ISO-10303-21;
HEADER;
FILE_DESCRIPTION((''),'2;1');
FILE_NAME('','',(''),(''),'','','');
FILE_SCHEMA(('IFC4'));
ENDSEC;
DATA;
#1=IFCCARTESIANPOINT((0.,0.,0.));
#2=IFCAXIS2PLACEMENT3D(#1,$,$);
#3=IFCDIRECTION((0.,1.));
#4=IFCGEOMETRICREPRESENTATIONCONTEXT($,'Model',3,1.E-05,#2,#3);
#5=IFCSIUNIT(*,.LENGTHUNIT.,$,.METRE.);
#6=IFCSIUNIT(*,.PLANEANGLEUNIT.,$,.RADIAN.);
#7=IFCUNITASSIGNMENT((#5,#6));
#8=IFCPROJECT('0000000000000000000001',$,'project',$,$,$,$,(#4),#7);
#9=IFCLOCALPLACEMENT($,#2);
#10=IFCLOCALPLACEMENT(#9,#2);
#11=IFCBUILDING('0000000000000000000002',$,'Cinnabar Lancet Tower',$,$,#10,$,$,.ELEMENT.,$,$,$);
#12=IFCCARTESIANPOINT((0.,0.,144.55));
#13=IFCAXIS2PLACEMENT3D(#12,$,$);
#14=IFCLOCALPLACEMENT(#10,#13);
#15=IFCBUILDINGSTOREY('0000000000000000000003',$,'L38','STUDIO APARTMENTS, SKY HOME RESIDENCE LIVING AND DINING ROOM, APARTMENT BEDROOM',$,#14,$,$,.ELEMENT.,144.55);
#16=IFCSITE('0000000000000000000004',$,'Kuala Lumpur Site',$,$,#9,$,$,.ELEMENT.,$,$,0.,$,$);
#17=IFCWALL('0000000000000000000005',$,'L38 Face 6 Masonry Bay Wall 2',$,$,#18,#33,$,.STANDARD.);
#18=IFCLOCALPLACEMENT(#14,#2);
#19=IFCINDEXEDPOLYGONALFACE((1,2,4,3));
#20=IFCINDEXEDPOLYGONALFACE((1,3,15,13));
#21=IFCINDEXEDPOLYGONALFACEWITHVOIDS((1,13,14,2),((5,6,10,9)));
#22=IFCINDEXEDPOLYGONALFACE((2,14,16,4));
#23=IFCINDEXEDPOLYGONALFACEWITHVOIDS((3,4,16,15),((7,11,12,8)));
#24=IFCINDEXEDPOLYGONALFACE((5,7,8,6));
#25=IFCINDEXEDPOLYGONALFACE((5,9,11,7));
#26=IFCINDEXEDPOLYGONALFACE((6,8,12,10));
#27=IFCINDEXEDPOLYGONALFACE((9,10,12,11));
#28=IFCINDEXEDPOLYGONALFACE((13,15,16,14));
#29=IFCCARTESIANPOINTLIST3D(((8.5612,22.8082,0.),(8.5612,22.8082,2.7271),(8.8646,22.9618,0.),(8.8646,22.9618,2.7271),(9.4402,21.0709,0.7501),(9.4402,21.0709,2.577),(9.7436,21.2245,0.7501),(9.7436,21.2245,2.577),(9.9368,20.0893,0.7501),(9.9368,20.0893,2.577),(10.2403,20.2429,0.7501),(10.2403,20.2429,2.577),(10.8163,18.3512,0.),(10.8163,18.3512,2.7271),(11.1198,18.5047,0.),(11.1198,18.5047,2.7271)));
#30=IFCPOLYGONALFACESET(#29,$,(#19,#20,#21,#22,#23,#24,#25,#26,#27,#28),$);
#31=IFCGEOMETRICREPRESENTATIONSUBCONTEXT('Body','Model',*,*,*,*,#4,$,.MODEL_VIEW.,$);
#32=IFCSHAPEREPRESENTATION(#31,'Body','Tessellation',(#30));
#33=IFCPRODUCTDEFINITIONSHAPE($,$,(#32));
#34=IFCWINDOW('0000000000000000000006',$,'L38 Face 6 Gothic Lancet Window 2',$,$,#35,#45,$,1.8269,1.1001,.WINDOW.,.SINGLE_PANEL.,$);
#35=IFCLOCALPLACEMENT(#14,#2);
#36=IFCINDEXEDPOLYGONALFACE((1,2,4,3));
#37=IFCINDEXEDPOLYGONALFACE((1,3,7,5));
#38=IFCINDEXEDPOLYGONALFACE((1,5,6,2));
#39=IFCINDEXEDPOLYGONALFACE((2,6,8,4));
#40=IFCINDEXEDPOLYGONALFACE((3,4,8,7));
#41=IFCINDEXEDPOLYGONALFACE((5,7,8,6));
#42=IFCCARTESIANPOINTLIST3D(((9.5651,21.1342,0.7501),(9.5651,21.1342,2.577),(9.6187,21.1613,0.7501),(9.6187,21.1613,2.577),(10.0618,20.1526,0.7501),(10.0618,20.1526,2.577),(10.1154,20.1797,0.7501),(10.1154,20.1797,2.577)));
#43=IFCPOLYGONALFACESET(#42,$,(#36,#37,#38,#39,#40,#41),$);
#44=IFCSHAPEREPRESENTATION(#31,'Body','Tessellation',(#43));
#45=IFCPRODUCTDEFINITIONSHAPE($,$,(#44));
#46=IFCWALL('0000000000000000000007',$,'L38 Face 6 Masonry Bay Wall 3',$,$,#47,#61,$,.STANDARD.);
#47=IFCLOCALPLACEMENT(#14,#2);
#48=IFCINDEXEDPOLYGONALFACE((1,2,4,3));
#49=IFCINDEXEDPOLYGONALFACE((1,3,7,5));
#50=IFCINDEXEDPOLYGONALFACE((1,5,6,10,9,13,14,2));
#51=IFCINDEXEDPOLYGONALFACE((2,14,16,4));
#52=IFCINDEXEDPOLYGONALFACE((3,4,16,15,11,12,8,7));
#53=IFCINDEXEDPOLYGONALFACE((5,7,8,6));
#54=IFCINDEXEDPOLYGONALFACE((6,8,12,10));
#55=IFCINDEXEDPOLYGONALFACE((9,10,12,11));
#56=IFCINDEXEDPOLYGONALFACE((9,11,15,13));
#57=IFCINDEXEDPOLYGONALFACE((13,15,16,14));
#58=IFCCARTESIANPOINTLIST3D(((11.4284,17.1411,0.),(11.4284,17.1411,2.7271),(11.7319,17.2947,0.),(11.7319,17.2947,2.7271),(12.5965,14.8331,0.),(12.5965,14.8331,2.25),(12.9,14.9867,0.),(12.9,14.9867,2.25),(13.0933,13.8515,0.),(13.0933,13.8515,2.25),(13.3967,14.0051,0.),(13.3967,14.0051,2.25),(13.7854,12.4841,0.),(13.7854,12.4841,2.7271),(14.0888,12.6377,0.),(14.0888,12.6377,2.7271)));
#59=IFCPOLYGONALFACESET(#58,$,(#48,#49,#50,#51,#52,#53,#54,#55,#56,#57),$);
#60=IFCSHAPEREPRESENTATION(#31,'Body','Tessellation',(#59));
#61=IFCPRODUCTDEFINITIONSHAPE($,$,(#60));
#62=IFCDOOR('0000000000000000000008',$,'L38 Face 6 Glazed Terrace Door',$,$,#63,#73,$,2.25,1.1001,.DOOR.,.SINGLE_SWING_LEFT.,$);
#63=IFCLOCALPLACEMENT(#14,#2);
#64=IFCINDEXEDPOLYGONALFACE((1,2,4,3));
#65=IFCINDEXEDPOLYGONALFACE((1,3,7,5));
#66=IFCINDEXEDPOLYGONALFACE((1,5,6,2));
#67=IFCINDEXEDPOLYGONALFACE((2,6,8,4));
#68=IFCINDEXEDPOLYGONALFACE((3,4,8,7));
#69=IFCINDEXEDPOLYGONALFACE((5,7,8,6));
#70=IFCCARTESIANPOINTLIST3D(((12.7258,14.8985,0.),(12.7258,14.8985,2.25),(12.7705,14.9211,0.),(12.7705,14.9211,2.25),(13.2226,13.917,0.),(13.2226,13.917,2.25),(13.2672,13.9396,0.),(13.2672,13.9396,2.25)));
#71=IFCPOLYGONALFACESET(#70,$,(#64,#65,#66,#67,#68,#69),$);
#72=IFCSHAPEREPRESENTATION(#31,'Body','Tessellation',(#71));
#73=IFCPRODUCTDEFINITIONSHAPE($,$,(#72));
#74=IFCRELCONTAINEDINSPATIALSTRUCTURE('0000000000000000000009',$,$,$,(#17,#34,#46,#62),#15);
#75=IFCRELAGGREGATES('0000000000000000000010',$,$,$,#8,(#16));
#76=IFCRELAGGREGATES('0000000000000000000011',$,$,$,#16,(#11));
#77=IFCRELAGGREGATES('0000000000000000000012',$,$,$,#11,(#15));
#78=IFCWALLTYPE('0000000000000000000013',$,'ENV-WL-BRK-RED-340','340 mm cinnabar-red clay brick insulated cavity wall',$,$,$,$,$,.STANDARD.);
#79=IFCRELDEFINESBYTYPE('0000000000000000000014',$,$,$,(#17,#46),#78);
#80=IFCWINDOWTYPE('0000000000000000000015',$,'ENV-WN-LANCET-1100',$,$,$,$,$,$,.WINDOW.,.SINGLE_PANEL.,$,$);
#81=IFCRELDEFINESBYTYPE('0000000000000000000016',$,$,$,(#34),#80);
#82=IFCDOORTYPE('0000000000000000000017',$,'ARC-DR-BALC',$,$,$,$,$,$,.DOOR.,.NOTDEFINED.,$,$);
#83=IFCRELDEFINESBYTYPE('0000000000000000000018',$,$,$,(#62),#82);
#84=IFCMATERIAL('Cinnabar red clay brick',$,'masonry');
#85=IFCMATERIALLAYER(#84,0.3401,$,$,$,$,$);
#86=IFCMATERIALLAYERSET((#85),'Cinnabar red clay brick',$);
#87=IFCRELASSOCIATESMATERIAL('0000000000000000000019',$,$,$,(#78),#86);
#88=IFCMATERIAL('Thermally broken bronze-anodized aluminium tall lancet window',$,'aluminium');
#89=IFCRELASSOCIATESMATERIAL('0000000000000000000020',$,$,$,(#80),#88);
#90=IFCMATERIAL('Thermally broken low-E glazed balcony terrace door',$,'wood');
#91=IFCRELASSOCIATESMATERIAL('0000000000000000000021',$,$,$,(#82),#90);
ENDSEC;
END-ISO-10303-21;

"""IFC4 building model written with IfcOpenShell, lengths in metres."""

from ifc_helpers import new_model, si_unit, direction, frame, frame_2d, origin, place, context, subcontext, project, spatial, rectangle, extrude, material, layer, layer_set, type_object, element, fill, save


model = new_model("IFC4")

# Units and contexts
model_context = context("Model", 3, precision=1e-05, world=origin(), true_north=direction((0.0, 1.0)))
body_context = subcontext(model_context, "Body", "Model", "MODEL_VIEW")
ifc_project = project(units=[si_unit("LENGTHUNIT", "METRE"), si_unit("PLANEANGLEUNIT", "RADIAN")], contexts=[model_context])

# Site, building, storey
site_placement = place(None, origin())
site = spatial("IfcSite", under=ifc_project, at=site_placement, Name="Kuala Lumpur Site", CompositionType="ELEMENT", RefElevation=0.0)
building_placement = place(site_placement, origin())
building = spatial("IfcBuilding", under=site, at=building_placement, Name="Cinnabar Lancet Tower", CompositionType="ELEMENT")
storey_placement = place(building_placement, frame((0.0, 0.0, 144.55)))
storey = spatial("IfcBuildingStorey", under=building, at=storey_placement, Name="L38", Description="STUDIO APARTMENTS, SKY HOME RESIDENCE LIVING AND DINING ROOM, APARTMENT BEDROOM", CompositionType="ELEMENT", Elevation=144.55)

# Shared definitions
ifc_material_1 = material(Name="Cinnabar red clay brick", Category="masonry")
ifc_layer_1 = layer(ifc_material_1, 0.3401)
ifc_layer_set_1 = layer_set([ifc_layer_1], Name="Cinnabar red clay brick")
wall_type_1 = type_object("IfcWallType", Name="ENV-WL-BRK-RED-340", Description="340 mm cinnabar-red clay brick insulated cavity wall", PredefinedType="STANDARD", material=ifc_layer_set_1)

# Wall, opening, window
wall_1_placement = place(storey_placement, frame((8.7129, 22.885, 0.0), z_axis=(0.0, 0.0, 1.0), x_axis=(0.451471, -0.892286, 0.0)))
wall_1 = element("IfcWall", 1, at=wall_1_placement, inside=storey, type_object=wall_type_1, Name="L38 Face 6 Masonry Bay Wall 2", PredefinedType="STANDARD", context=body_context, shape_type="SweptSolid", body=[
    extrude(rectangle(XDim=4.9951, YDim=0.3401, at=frame_2d((2.4976, 0.0))), origin(), (0.0, 0.0, 1.0), 2.7271),
])
opening_1_placement = place(wall_1_placement, frame((1.947, 0.0, 0.75)))
opening_1 = element("IfcOpeningElement", 2, at=opening_1_placement, cuts=wall_1, PredefinedType="OPENING", context=body_context, shape_type="SweptSolid", body=[
    extrude(rectangle(XDim=1.1001, YDim=1.8269, at=frame_2d((0.55, 0.9136))), frame((0.0, 0.1799, 0.0), z_axis=(0.0, -1.0, 0.0), x_axis=(1.0, 0.0, 0.0)), (0.0, 0.0, 1.0), 0.3601),
])
ifc_material_2 = material(Name="Thermally broken bronze-anodized aluminium tall lancet window", Category="aluminium")
window_type = type_object("IfcWindowType", Name="ENV-WN-LANCET-1100", PartitioningType="SINGLE_PANEL", PredefinedType="WINDOW", material=ifc_material_2)
window_placement = place(opening_1_placement, origin())
window = element("IfcWindow", 3, at=window_placement, inside=storey, type_object=window_type, Name="L38 Face 6 Gothic Lancet Window 2", OverallHeight=1.8269, OverallWidth=1.1001, PartitioningType="SINGLE_PANEL", PredefinedType="WINDOW", context=body_context, shape_type="SweptSolid", body=[
    extrude(rectangle(XDim=1.1001, YDim=1.8269, at=frame_2d((0.55, 0.9136))), frame((0.0, 0.03, 0.0), z_axis=(0.0, -1.0, 0.0), x_axis=(1.0, 0.0, 0.0)), (0.0, 0.0, 1.0), 0.0601),
])
fill(opening_1, window)

# Wall, opening, door
wall_2_placement = place(storey_placement, frame((11.5801, 17.218, 0.0), z_axis=(0.0, 0.0, 1.0), x_axis=(0.451568, -0.892237, 0.0)))
wall_2 = element("IfcWall", 4, at=wall_2_placement, inside=storey, type_object=wall_type_1, Name="L38 Face 6 Masonry Bay Wall 3", PredefinedType="STANDARD", context=body_context, shape_type="SweptSolid", body=[
    extrude(rectangle(XDim=5.2195, YDim=0.3401, at=frame_2d((2.6099, 0.0))), origin(), (0.0, 0.0, 1.0), 2.7271),
])
opening_2_placement = place(wall_2_placement, frame((2.5869, 0.0, 0.0)))
opening_2 = element("IfcOpeningElement", 5, at=opening_2_placement, cuts=wall_2, PredefinedType="OPENING", context=body_context, shape_type="SweptSolid", body=[
    extrude(rectangle(XDim=1.1001, YDim=2.25, at=frame_2d((0.55, 1.125))), frame((0.0, 0.1799, 0.0), z_axis=(0.0, -1.0, 0.0), x_axis=(1.0, 0.0, 0.0)), (0.0, 0.0, 1.0), 0.3601),
])
ifc_material_3 = material(Name="Thermally broken low-E glazed balcony terrace door", Category="wood")
door_type_1 = type_object("IfcDoorType", Name="ARC-DR-BALC", OperationType="NOTDEFINED", PredefinedType="DOOR", material=ifc_material_3)
door_1_placement = place(opening_2_placement, origin())
door_1 = element("IfcDoor", 6, at=door_1_placement, inside=storey, type_object=door_type_1, Name="L38 Face 6 Glazed Terrace Door", OperationType="SINGLE_SWING_LEFT", OverallHeight=2.25, OverallWidth=1.1001, PredefinedType="DOOR", context=body_context, shape_type="SweptSolid", body=[
    extrude(rectangle(XDim=1.1001, YDim=2.25, at=frame_2d((0.55, 1.125))), frame((0.0, 0.0249, 0.0), z_axis=(0.0, -1.0, 0.0), x_axis=(1.0, 0.0, 0.0)), (0.0, 0.0, 1.0), 0.05),
])
fill(opening_2, door_1)

save(model, "model.ifc")
